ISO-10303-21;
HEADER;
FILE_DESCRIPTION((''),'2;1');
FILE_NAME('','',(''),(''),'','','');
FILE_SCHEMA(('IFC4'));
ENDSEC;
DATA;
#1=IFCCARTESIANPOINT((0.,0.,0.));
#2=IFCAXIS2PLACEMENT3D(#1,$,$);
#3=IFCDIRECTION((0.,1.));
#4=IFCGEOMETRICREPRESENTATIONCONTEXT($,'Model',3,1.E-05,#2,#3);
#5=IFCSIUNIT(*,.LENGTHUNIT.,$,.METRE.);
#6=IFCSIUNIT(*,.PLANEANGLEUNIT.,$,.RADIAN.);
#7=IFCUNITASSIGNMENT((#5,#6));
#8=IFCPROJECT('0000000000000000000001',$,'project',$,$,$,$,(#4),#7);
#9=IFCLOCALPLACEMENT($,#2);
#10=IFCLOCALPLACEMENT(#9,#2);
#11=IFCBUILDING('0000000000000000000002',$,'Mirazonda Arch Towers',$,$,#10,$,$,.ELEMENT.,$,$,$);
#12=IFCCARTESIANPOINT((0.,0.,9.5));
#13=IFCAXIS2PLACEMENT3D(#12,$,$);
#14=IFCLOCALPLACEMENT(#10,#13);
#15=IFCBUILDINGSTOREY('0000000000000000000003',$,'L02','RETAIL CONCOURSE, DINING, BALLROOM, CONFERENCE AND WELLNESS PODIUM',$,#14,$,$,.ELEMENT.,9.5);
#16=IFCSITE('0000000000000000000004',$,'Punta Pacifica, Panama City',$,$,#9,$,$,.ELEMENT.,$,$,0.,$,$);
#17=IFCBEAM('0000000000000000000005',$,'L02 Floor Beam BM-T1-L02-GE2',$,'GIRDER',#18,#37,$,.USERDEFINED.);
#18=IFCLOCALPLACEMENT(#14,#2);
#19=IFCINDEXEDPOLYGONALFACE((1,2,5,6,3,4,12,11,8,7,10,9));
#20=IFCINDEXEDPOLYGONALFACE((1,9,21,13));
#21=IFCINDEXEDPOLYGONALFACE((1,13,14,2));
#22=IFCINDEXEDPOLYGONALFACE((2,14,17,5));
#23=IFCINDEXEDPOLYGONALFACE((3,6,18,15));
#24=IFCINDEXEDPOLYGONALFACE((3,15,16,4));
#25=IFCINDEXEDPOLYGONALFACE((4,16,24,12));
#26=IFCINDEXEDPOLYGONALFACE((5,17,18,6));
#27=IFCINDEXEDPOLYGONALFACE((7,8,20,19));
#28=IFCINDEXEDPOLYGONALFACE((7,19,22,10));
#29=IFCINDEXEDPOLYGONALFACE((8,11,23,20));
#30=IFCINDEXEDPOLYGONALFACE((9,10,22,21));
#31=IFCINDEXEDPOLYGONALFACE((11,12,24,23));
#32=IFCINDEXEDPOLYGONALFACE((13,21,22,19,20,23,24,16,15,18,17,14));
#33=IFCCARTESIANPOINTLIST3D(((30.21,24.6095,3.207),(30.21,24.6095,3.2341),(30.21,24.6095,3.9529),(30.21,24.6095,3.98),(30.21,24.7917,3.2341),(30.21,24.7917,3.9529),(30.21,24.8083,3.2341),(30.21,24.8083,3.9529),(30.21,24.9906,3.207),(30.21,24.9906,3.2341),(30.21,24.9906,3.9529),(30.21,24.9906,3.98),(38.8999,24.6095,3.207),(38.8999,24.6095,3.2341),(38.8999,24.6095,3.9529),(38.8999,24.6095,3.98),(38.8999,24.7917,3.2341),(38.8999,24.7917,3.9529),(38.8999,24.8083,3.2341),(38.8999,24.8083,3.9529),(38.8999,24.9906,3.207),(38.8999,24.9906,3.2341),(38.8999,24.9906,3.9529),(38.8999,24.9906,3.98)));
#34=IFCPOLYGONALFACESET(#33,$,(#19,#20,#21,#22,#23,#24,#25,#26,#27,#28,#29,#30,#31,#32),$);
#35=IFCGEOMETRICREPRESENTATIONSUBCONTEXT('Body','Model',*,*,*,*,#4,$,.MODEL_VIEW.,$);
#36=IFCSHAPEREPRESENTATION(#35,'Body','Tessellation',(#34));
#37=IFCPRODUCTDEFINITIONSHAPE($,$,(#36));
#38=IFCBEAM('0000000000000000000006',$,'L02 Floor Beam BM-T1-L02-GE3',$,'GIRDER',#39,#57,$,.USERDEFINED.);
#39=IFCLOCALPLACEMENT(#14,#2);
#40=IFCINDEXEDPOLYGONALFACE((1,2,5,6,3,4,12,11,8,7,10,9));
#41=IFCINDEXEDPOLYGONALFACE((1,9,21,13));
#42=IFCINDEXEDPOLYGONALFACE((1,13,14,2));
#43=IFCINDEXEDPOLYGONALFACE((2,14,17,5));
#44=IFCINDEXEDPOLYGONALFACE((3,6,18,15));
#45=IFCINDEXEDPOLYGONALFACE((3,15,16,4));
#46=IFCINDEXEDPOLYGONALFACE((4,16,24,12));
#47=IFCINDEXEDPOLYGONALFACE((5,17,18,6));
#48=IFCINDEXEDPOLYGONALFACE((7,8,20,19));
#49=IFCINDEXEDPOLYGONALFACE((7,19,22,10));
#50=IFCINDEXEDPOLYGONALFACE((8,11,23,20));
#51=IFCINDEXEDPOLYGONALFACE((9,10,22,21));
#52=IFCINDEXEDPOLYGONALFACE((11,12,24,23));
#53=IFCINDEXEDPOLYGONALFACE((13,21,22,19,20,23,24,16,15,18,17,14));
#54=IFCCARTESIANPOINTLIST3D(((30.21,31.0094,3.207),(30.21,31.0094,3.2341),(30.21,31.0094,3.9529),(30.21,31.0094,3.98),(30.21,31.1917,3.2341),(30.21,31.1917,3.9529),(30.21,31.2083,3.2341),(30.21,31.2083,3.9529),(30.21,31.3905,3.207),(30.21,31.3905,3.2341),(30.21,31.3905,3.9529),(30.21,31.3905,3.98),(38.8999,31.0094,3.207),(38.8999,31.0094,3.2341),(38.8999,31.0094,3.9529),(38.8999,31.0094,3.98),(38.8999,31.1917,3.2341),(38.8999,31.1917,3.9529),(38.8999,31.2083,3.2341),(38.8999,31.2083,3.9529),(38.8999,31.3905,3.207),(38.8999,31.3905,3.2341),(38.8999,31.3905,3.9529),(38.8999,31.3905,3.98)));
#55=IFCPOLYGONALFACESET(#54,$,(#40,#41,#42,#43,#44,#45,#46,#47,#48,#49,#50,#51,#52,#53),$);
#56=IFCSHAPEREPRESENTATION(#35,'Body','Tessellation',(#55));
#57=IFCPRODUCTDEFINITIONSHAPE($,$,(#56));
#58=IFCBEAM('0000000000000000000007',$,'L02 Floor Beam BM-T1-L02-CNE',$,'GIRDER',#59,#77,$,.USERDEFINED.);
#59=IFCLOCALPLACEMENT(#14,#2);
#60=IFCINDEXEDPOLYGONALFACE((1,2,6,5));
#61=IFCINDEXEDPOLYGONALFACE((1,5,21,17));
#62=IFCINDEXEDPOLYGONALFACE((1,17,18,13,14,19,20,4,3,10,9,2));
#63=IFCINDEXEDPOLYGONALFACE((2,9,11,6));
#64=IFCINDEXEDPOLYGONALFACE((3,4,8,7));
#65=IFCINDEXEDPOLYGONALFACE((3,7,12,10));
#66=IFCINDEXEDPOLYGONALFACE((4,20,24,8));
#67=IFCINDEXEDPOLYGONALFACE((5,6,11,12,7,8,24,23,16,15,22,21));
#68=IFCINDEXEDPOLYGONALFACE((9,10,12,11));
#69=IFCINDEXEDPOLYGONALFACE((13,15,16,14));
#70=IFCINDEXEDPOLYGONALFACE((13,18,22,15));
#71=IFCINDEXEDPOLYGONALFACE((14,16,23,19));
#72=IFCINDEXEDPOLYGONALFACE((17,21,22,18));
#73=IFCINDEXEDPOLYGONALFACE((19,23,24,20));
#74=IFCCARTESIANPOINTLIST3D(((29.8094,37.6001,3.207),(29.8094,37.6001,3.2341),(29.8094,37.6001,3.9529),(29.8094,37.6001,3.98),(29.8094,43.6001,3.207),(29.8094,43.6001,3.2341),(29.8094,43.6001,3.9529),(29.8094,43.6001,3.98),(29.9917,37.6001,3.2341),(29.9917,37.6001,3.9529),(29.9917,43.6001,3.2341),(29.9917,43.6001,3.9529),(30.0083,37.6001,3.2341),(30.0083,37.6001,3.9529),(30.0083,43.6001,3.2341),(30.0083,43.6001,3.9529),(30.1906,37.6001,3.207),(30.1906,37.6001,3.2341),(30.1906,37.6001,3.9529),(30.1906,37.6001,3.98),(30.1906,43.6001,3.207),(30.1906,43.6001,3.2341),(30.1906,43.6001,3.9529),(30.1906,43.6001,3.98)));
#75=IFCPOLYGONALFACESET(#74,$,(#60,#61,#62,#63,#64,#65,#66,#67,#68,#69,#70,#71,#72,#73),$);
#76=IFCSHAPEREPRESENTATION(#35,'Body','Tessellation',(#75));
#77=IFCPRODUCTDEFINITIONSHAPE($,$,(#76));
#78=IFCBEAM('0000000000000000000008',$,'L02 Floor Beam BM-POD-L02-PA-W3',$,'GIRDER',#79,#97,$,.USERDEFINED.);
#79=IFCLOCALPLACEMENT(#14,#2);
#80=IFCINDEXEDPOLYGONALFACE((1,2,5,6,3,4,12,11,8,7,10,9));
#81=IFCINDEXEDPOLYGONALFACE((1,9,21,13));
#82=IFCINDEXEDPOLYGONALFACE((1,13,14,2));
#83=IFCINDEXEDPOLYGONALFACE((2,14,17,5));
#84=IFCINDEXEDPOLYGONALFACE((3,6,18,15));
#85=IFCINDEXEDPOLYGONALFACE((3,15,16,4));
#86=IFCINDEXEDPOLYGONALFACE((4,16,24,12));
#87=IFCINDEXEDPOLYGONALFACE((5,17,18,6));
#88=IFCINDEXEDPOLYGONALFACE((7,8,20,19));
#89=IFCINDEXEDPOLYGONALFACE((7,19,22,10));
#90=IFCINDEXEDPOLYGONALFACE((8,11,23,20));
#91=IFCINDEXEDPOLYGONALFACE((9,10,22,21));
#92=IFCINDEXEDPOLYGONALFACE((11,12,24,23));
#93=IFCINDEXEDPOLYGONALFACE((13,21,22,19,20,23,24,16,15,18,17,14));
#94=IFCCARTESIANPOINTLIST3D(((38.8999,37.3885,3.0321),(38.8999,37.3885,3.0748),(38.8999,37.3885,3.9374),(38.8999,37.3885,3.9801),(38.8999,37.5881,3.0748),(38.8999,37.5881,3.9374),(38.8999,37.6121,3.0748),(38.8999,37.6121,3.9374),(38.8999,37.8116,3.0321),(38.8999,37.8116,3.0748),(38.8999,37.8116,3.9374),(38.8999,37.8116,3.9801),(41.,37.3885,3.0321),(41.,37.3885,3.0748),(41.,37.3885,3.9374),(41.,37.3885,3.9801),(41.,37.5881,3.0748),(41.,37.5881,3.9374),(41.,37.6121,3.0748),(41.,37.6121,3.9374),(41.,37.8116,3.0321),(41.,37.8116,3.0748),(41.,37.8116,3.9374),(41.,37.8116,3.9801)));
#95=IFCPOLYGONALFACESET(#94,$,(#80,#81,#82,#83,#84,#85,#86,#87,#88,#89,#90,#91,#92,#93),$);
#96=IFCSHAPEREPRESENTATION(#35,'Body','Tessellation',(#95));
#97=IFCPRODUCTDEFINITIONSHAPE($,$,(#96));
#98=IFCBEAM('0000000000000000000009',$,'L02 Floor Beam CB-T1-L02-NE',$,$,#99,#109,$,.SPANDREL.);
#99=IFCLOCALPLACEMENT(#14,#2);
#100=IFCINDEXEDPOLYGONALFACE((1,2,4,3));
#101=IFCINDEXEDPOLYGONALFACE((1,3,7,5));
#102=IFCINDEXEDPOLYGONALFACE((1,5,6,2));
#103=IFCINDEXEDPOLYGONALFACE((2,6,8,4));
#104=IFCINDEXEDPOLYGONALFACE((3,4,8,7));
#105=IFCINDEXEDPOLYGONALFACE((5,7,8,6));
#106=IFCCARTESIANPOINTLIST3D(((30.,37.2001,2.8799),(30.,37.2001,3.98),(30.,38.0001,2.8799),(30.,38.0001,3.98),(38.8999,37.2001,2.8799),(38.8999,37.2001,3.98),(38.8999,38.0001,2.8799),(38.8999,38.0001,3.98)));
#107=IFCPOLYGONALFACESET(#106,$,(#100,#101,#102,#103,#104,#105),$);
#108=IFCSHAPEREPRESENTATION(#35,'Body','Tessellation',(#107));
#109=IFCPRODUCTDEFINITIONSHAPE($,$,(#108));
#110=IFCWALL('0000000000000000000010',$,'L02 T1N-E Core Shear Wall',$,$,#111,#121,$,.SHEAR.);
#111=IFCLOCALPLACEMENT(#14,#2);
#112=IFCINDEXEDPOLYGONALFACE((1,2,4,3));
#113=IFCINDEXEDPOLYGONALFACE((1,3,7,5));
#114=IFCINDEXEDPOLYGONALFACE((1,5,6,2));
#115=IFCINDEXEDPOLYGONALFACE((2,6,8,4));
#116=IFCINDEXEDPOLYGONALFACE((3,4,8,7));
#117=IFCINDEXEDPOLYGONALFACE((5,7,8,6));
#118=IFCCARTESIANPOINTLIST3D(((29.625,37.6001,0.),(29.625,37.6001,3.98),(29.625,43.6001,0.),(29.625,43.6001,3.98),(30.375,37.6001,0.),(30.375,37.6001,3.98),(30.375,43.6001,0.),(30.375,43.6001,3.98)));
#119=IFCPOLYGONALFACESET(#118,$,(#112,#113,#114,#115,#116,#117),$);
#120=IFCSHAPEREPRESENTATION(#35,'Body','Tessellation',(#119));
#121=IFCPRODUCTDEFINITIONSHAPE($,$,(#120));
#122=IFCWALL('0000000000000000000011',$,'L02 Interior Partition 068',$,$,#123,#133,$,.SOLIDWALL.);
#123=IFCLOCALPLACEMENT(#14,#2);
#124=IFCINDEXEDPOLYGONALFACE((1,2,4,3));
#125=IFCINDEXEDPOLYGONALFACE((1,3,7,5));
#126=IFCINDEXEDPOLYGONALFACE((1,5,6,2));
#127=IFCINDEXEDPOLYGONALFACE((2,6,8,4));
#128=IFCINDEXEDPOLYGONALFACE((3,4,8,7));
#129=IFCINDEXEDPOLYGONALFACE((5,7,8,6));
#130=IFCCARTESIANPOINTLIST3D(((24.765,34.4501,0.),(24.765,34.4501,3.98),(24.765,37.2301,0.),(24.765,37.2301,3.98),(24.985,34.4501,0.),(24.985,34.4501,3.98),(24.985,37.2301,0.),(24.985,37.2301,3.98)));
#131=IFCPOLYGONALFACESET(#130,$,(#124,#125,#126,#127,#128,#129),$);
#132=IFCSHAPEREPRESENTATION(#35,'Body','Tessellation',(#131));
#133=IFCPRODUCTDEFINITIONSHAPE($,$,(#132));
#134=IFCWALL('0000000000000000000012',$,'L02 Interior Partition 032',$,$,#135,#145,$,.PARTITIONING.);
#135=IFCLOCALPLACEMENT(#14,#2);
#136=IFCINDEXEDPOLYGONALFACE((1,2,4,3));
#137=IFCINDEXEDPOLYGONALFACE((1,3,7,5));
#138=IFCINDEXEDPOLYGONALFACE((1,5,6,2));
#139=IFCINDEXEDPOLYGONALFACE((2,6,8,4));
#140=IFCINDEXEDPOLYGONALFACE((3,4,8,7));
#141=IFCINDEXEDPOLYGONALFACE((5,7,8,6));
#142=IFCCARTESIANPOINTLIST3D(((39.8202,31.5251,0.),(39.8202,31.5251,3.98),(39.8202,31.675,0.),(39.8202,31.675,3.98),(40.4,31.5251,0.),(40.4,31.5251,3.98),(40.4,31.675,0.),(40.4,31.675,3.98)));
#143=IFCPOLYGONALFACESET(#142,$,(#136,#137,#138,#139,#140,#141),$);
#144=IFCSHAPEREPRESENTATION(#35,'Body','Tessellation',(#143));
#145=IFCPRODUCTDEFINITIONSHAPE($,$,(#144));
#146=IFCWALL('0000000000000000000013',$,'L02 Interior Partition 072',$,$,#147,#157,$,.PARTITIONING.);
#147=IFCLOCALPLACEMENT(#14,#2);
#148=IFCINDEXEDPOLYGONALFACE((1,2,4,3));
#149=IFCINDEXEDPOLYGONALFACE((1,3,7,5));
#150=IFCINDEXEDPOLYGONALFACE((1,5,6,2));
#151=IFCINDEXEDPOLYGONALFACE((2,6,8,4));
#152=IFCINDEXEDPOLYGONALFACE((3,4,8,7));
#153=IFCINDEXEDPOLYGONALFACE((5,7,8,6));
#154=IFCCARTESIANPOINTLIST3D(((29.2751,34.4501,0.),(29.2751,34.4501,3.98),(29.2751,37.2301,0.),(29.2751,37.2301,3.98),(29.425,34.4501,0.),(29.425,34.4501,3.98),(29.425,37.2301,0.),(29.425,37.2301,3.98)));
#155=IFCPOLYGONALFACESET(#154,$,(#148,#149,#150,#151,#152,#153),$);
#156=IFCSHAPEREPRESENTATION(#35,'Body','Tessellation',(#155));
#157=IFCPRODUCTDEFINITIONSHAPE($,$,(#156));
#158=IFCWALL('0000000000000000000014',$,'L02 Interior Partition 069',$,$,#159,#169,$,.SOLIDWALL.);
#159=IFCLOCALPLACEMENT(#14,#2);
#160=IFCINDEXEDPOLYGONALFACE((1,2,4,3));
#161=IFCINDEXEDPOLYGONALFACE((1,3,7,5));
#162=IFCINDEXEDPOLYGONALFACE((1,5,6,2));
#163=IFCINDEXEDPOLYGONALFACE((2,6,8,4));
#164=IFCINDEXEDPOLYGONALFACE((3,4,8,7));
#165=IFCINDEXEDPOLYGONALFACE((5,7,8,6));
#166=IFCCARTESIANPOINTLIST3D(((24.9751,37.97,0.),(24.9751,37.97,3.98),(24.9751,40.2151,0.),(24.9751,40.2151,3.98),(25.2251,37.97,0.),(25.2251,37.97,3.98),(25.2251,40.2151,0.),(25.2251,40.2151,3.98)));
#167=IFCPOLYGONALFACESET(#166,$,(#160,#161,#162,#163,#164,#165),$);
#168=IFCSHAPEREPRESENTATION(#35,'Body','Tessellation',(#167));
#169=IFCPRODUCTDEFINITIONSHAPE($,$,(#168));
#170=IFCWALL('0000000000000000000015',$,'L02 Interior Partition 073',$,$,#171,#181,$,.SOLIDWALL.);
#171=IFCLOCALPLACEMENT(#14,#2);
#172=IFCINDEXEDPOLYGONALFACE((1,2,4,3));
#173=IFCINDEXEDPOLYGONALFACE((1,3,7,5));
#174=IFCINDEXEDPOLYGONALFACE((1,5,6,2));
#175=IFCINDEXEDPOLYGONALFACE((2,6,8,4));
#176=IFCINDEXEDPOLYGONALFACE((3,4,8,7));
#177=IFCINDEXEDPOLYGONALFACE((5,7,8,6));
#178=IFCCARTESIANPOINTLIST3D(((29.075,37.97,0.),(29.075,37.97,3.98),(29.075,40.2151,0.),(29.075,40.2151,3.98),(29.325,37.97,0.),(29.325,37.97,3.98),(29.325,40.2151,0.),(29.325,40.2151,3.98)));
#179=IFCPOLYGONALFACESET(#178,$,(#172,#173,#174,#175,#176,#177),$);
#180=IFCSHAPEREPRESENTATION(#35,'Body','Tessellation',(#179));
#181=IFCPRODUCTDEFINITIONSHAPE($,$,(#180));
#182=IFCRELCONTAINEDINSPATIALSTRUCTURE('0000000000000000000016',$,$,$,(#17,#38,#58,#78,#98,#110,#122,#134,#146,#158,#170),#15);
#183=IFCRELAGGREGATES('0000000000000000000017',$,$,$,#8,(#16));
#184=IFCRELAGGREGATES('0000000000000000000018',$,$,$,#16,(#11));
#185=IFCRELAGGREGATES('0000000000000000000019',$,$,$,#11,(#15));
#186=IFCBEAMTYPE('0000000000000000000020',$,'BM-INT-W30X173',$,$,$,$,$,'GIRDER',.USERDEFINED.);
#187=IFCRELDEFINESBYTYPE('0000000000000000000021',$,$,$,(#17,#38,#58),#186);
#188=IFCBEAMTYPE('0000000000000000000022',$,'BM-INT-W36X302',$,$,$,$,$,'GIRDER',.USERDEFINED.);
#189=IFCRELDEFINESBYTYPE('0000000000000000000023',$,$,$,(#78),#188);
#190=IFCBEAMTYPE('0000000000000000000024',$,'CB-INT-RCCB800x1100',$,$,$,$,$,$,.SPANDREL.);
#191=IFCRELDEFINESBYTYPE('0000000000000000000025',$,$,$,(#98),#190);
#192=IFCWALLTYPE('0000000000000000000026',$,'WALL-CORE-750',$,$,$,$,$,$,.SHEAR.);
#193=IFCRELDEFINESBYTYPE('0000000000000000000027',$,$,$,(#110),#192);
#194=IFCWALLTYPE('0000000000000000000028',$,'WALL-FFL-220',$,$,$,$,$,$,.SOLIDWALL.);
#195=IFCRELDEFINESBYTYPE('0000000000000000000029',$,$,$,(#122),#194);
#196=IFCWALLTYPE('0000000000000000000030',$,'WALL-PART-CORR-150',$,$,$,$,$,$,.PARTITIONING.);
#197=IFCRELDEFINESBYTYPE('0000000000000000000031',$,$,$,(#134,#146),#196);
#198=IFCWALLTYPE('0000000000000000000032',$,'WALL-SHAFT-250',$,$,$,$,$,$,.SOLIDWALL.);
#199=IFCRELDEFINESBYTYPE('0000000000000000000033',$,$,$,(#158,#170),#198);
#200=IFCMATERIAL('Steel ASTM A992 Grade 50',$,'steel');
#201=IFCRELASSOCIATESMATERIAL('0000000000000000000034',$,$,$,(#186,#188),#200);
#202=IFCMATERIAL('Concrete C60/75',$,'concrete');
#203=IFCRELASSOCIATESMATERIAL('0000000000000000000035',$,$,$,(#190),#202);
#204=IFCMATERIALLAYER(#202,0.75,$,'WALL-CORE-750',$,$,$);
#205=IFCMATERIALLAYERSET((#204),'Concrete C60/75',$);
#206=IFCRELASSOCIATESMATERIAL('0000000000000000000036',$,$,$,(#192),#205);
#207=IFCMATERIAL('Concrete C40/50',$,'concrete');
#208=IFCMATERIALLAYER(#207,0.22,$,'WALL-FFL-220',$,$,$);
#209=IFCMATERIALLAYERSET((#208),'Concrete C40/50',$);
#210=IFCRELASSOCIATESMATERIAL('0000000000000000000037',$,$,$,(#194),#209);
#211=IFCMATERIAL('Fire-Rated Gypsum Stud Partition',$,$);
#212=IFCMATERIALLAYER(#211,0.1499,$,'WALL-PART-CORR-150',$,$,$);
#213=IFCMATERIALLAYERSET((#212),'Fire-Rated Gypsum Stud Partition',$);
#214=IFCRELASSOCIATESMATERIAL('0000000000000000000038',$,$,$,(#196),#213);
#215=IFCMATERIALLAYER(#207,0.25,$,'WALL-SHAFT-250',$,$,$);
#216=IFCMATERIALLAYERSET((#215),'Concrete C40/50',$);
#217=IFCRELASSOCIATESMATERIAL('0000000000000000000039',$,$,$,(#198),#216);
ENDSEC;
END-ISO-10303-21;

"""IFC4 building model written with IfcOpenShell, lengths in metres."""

from ifc_helpers import new_model, si_unit, direction, frame, frame_2d, origin, origin_2d, place, context, subcontext, project, spatial, rectangle, i_section, extrude, material, layer, layer_set, material_profile, profile_set, type_object, element, save


model = new_model("IFC4")

# Units and contexts
model_context = context("Model", 3, precision=1e-05, world=origin(), true_north=direction((0.0, 1.0)))
body_context = subcontext(model_context, "Body", "Model", "MODEL_VIEW")
ifc_project = project(units=[si_unit("LENGTHUNIT", "METRE"), si_unit("PLANEANGLEUNIT", "RADIAN")], contexts=[model_context])

# Site, building, storey
site_placement = place(None, origin())
site = spatial("IfcSite", under=ifc_project, at=site_placement, Name="Punta Pacifica, Panama City", CompositionType="ELEMENT", RefElevation=0.0)
building_placement = place(site_placement, origin())
building = spatial("IfcBuilding", under=site, at=building_placement, Name="Mirazonda Arch Towers", CompositionType="ELEMENT")
storey_placement = place(building_placement, frame((0.0, 0.0, 9.5)))
storey = spatial("IfcBuildingStorey", under=building, at=storey_placement, Name="L02", Description="RETAIL CONCOURSE, DINING, BALLROOM, CONFERENCE AND WELLNESS PODIUM", CompositionType="ELEMENT", Elevation=9.5)

# Shared definitions
ifc_material_1 = material(Name="Concrete C60/75", Category="concrete")

# Beams
ifc_material_2 = material(Name="Steel ASTM A992 Grade 50", Category="steel")
ifc_material_profile_1 = material_profile(ifc_material_2, i_section(OverallWidth=0.3811, OverallDepth=0.7729, WebThickness=0.0166, FlangeThickness=0.0271, at=origin_2d()), Name="W30X173")
ifc_profile_set_1 = profile_set([ifc_material_profile_1], Name="Steel ASTM A992 Grade 50")
beam_type_1 = type_object("IfcBeamType", Name="BM-INT-W30X173", ElementType="GIRDER", PredefinedType="USERDEFINED", material=ifc_profile_set_1)
for number, where, z_axis, x_axis, name in (
    (1, (30.21, 24.8, 3.5935), (1.0, 0.0, 0.0), (0.0, 1.0, 0.0), "L02 Floor Beam BM-T1-L02-GE2"),
    (2, (30.21, 31.2, 3.5935), (1.0, 0.0, 0.0), (0.0, 1.0, 0.0), "L02 Floor Beam BM-T1-L02-GE3"),
):
    element("IfcBeam", number, at=place(storey_placement, frame(where, z_axis=z_axis, x_axis=x_axis)), inside=storey, type_object=beam_type_1, Name=name, ObjectType="GIRDER", PredefinedType="USERDEFINED", context=body_context, shape_type="SweptSolid", body=[
        extrude(i_section(OverallWidth=0.3811, OverallDepth=0.7729, WebThickness=0.0166, FlangeThickness=0.0271, at=origin_2d()), origin(), (0.0, 0.0, 1.0), 8.6899),
    ])
beam_1_placement = place(storey_placement, frame((30.0, 37.6001, 3.5935), z_axis=(0.0, 1.0, 0.0), x_axis=(-1.0, 0.0, 0.0)))
element("IfcBeam", 3, at=beam_1_placement, inside=storey, type_object=beam_type_1, Name="L02 Floor Beam BM-T1-L02-CNE", ObjectType="GIRDER", PredefinedType="USERDEFINED", context=body_context, shape_type="SweptSolid", body=[
    extrude(i_section(OverallWidth=0.3811, OverallDepth=0.7729, WebThickness=0.0166, FlangeThickness=0.0271, at=origin_2d()), origin(), (0.0, 0.0, 1.0), 6.0),
])
ifc_material_profile_2 = material_profile(ifc_material_2, i_section(OverallWidth=0.4231, OverallDepth=0.948, WebThickness=0.0239, FlangeThickness=0.0427, at=origin_2d()), Name="W36X302")
ifc_profile_set_2 = profile_set([ifc_material_profile_2], Name="Steel ASTM A992 Grade 50")
beam_type_2 = type_object("IfcBeamType", Name="BM-INT-W36X302", ElementType="GIRDER", PredefinedType="USERDEFINED", material=ifc_profile_set_2)
beam_2_placement = place(storey_placement, frame((38.8999, 37.6001, 3.5061), z_axis=(1.0, 0.0, 0.0), x_axis=(0.0, 1.0, 0.0)))
element("IfcBeam", 4, at=beam_2_placement, inside=storey, type_object=beam_type_2, Name="L02 Floor Beam BM-POD-L02-PA-W3", ObjectType="GIRDER", PredefinedType="USERDEFINED", context=body_context, shape_type="SweptSolid", body=[
    extrude(i_section(OverallWidth=0.4231, OverallDepth=0.948, WebThickness=0.0239, FlangeThickness=0.0427, at=origin_2d()), origin(), (0.0, 0.0, 1.0), 2.1001),
])
ifc_material_profile_3 = material_profile(ifc_material_1, rectangle(XDim=0.8, YDim=1.1001, at=origin_2d()), Name="RCCB800x1100")
ifc_profile_set_3 = profile_set([ifc_material_profile_3], Name="Concrete C60/75")
beam_type_3 = type_object("IfcBeamType", Name="CB-INT-RCCB800x1100", PredefinedType="SPANDREL", material=ifc_profile_set_3)
beam_3_placement = place(storey_placement, frame((30.0, 37.6001, 3.4299), z_axis=(1.0, 0.0, 0.0), x_axis=(0.0, 1.0, 0.0)))
element("IfcBeam", 5, at=beam_3_placement, inside=storey, type_object=beam_type_3, Name="L02 Floor Beam CB-T1-L02-NE", PredefinedType="SPANDREL", context=body_context, shape_type="SweptSolid", body=[
    extrude(rectangle(XDim=0.8, YDim=1.1001, at=origin_2d()), origin(), (0.0, 0.0, 1.0), 8.8999),
])

# Walls
ifc_layer_1 = layer(ifc_material_1, 0.75, Name="WALL-CORE-750")
ifc_layer_set_1 = layer_set([ifc_layer_1], Name="Concrete C60/75")
wall_type_1 = type_object("IfcWallType", Name="WALL-CORE-750", PredefinedType="SHEAR", material=ifc_layer_set_1)
wall_1_placement = place(storey_placement, frame((30.0, 37.6001, 0.0), z_axis=(0.0, 0.0, 1.0), x_axis=(0.0, 1.0, 0.0)))
element("IfcWall", 6, at=wall_1_placement, inside=storey, type_object=wall_type_1, Name="L02 T1N-E Core Shear Wall", PredefinedType="SHEAR", context=body_context, shape_type="SweptSolid", body=[
    extrude(rectangle(XDim=6.0, YDim=0.75, at=frame_2d((3.0, 0.0))), origin(), (0.0, 0.0, 1.0), 3.98),
])
ifc_material_3 = material(Name="Concrete C40/50", Category="concrete")
ifc_layer_2 = layer(ifc_material_3, 0.22, Name="WALL-FFL-220")
ifc_layer_set_2 = layer_set([ifc_layer_2], Name="Concrete C40/50")
wall_type_2 = type_object("IfcWallType", Name="WALL-FFL-220", PredefinedType="SOLIDWALL", material=ifc_layer_set_2)
wall_2_placement = place(storey_placement, frame((24.875, 34.45, 0.0), z_axis=(0.0, 0.0, 1.0), x_axis=(0.0, 1.0, 0.0)))
element("IfcWall", 7, at=wall_2_placement, inside=storey, type_object=wall_type_2, Name="L02 Interior Partition 068", PredefinedType="SOLIDWALL", context=body_context, shape_type="SweptSolid", body=[
    extrude(rectangle(XDim=2.78, YDim=0.22, at=frame_2d((1.3901, 0.0))), origin(), (0.0, 0.0, 1.0), 3.98),
])
ifc_material_4 = material(Name="Fire-Rated Gypsum Stud Partition")
ifc_layer_3 = layer(ifc_material_4, 0.1499, Name="WALL-PART-CORR-150")
ifc_layer_set_3 = layer_set([ifc_layer_3], Name="Fire-Rated Gypsum Stud Partition")
wall_type_3 = type_object("IfcWallType", Name="WALL-PART-CORR-150", PredefinedType="PARTITIONING", material=ifc_layer_set_3)
wall_3_placement = place(storey_placement, frame((39.8201, 31.6001, 0.0), z_axis=(0.0, 0.0, 1.0), x_axis=(1.0, 0.0, 0.0)))
element("IfcWall", 8, at=wall_3_placement, inside=storey, type_object=wall_type_3, Name="L02 Interior Partition 032", PredefinedType="PARTITIONING", context=body_context, shape_type="SweptSolid", body=[
    extrude(rectangle(XDim=0.5798, YDim=0.1499, at=frame_2d((0.29, 0.0))), origin(), (0.0, 0.0, 1.0), 3.98),
])
wall_4_placement = place(storey_placement, frame((29.3501, 34.45, 0.0), z_axis=(0.0, 0.0, 1.0), x_axis=(0.0, 1.0, 0.0)))
element("IfcWall", 9, at=wall_4_placement, inside=storey, type_object=wall_type_3, Name="L02 Interior Partition 072", PredefinedType="PARTITIONING", context=body_context, shape_type="SweptSolid", body=[
    extrude(rectangle(XDim=2.78, YDim=0.1499, at=frame_2d((1.3901, 0.0))), origin(), (0.0, 0.0, 1.0), 3.98),
])
ifc_layer_4 = layer(ifc_material_3, 0.25, Name="WALL-SHAFT-250")
ifc_layer_set_4 = layer_set([ifc_layer_4], Name="Concrete C40/50")
wall_type_4 = type_object("IfcWallType", Name="WALL-SHAFT-250", PredefinedType="SOLIDWALL", material=ifc_layer_set_4)
for number, where, z_axis, x_axis, name in (
    (10, (25.1001, 37.97, 0.0), (0.0, 0.0, 1.0), (0.0, 1.0, 0.0), "L02 Interior Partition 069"),
    (11, (29.2, 37.97, 0.0), (0.0, 0.0, 1.0), (0.0, 1.0, 0.0), "L02 Interior Partition 073"),
):
    element("IfcWall", number, at=place(storey_placement, frame(where, z_axis=z_axis, x_axis=x_axis)), inside=storey, type_object=wall_type_4, Name=name, PredefinedType="SOLIDWALL", context=body_context, shape_type="SweptSolid", body=[
        extrude(rectangle(XDim=2.2451, YDim=0.25, at=frame_2d((1.1226, 0.0))), origin(), (0.0, 0.0, 1.0), 3.98),
    ])

save(model, "model.ifc")
